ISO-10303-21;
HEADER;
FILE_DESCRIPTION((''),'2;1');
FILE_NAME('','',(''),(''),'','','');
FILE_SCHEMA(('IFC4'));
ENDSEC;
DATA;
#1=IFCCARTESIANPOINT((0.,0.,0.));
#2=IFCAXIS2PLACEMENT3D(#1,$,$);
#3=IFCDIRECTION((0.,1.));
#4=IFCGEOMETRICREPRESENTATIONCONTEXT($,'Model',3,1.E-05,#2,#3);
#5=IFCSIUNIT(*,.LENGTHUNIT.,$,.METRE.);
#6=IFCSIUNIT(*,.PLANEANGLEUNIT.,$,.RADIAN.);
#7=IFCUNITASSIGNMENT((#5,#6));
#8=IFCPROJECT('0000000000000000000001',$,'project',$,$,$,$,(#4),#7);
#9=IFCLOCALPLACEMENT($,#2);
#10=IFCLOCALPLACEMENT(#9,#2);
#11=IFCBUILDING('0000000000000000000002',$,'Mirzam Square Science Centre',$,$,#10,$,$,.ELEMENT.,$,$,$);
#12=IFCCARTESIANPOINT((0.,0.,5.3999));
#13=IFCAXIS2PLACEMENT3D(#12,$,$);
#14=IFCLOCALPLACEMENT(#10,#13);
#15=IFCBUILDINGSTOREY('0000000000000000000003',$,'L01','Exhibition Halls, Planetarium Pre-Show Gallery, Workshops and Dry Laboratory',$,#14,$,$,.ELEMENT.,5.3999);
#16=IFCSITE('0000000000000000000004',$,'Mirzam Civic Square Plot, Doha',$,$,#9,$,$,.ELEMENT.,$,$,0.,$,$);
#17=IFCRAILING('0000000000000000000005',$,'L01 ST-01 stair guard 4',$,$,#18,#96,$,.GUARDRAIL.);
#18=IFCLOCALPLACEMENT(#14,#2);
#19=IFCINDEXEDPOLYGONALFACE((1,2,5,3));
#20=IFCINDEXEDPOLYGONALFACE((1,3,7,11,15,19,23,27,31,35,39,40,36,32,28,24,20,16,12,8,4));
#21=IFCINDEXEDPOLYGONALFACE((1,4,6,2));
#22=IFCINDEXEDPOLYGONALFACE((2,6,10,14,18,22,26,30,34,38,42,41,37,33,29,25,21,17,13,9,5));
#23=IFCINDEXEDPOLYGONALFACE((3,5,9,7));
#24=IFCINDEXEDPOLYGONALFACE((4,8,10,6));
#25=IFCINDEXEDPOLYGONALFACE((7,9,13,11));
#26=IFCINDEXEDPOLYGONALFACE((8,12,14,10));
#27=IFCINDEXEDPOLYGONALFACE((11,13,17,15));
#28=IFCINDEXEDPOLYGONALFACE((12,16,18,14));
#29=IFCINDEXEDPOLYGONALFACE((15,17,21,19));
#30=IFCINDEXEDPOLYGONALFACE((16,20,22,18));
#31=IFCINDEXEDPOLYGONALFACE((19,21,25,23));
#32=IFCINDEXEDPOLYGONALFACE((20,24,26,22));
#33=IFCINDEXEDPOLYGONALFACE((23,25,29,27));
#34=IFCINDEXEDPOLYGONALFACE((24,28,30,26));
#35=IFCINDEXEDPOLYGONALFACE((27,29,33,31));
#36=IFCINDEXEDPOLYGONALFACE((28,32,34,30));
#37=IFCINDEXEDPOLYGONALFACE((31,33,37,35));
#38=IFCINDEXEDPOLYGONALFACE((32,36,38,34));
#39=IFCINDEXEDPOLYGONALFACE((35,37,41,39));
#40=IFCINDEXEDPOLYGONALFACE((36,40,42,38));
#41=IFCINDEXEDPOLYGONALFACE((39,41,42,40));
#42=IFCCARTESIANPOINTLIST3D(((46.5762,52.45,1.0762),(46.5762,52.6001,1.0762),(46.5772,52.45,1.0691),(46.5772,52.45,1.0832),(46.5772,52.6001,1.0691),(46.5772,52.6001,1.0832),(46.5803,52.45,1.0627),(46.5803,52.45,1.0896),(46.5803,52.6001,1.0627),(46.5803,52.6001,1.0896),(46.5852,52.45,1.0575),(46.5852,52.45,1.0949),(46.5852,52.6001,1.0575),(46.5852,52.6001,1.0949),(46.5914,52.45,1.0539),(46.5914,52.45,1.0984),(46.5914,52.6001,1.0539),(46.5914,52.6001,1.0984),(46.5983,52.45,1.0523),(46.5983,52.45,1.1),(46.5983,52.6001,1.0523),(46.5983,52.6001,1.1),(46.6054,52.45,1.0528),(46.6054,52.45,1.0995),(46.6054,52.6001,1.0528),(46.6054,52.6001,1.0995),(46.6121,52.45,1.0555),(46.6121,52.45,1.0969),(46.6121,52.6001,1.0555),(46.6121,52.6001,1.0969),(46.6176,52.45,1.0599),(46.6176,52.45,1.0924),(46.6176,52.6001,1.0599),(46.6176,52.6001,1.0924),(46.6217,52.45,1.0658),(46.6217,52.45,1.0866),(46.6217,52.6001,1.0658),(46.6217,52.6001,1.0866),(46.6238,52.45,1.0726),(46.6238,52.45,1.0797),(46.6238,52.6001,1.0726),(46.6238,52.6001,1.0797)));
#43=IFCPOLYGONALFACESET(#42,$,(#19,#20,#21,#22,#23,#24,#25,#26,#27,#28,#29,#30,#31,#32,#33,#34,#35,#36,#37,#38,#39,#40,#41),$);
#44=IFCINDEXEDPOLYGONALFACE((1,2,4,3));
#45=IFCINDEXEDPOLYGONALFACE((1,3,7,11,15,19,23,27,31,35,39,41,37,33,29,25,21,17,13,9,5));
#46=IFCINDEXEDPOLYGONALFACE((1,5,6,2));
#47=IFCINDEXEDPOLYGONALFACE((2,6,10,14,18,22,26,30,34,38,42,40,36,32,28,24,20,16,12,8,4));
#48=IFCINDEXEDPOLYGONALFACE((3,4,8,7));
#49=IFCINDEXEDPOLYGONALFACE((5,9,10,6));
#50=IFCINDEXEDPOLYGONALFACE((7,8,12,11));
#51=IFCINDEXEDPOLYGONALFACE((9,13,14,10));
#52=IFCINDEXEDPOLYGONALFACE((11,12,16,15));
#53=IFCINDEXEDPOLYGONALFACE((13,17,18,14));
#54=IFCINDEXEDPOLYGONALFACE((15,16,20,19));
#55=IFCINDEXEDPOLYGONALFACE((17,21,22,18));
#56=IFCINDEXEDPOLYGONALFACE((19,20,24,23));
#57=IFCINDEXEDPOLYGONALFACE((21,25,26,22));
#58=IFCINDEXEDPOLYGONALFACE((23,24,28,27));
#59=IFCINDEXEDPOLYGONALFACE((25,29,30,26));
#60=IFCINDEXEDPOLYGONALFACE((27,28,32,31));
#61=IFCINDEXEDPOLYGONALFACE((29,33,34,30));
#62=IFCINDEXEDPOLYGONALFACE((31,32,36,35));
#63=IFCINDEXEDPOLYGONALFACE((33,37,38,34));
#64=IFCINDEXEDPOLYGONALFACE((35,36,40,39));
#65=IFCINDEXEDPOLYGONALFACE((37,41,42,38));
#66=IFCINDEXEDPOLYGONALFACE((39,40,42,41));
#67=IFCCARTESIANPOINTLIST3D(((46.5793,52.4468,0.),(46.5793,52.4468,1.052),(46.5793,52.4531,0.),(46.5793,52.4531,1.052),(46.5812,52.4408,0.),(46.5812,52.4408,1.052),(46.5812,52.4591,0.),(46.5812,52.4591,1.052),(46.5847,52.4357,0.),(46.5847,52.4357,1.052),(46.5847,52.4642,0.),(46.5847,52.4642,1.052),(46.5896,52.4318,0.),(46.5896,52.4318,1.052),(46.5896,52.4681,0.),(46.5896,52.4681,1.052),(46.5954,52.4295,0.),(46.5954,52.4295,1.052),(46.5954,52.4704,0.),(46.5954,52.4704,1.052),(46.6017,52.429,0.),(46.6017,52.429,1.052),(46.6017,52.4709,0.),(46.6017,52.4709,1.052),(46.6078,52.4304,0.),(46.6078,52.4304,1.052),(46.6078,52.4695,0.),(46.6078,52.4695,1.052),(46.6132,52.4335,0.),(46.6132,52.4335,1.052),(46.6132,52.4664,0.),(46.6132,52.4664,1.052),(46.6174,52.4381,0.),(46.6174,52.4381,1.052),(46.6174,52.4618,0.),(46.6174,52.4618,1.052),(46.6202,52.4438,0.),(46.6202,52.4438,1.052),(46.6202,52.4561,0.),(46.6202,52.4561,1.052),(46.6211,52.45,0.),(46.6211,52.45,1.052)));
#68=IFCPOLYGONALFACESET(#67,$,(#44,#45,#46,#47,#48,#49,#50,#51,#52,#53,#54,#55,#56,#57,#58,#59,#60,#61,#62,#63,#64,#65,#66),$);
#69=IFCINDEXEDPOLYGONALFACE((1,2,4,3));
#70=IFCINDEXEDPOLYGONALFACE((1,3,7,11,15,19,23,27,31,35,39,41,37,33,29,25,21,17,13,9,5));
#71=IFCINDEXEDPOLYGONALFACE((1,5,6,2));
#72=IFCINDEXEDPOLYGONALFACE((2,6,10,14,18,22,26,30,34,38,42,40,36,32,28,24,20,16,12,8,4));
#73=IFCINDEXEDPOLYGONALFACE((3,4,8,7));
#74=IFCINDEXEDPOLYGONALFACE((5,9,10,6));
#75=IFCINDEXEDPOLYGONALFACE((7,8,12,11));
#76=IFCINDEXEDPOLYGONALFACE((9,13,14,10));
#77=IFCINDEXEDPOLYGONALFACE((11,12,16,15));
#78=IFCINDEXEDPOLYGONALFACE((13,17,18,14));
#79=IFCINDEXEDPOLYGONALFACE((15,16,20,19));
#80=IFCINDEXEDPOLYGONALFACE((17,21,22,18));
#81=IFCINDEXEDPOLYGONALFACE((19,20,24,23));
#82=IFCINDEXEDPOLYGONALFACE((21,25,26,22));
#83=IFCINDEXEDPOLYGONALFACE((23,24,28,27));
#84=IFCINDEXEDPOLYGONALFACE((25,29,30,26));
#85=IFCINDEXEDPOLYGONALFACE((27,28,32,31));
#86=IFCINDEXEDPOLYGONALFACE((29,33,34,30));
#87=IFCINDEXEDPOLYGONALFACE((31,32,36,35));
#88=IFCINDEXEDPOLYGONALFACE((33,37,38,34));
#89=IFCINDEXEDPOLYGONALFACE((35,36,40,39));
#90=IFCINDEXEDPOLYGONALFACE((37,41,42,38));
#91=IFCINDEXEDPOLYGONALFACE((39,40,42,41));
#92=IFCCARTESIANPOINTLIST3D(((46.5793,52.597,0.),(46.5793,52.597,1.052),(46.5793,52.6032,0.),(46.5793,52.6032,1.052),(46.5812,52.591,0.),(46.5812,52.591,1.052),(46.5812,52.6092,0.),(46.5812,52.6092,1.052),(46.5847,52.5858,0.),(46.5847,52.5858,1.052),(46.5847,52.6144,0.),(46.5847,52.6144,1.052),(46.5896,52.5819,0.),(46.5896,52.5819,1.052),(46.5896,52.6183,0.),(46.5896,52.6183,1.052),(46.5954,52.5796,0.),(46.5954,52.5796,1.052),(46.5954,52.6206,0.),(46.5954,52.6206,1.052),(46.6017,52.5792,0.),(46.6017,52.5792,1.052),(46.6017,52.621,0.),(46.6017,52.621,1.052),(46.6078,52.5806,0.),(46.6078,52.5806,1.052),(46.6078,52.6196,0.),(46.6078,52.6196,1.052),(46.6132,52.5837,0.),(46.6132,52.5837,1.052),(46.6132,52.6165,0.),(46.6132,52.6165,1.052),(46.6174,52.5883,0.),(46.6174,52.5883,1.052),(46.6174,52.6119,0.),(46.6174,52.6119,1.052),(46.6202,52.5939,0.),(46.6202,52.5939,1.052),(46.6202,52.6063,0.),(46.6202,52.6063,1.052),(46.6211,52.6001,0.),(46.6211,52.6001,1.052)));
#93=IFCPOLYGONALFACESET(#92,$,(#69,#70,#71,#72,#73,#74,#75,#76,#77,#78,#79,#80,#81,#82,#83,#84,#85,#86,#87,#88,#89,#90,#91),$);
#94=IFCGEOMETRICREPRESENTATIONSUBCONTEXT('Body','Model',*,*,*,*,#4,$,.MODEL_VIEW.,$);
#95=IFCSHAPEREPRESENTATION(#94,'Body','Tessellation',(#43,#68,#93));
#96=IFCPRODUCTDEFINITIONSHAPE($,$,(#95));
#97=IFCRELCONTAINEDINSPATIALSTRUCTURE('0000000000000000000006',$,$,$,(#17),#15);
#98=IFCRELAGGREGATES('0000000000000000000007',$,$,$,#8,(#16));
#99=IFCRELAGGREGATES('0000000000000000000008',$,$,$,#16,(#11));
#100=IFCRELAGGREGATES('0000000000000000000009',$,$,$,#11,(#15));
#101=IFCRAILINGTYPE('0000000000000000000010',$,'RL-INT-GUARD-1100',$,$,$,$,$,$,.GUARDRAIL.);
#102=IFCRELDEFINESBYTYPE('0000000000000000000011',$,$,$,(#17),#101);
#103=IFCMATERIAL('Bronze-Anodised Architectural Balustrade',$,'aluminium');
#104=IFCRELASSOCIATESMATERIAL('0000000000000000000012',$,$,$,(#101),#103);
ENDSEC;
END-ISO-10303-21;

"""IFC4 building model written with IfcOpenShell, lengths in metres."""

from ifc_helpers import new_model, si_unit, direction, frame, origin, origin_2d, place, context, subcontext, project, spatial, circle, extrude, material, type_object, element, save


model = new_model("IFC4")

# Units and contexts
model_context = context("Model", 3, precision=1e-05, world=origin(), true_north=direction((0.0, 1.0)))
body_context = subcontext(model_context, "Body", "Model", "MODEL_VIEW")
ifc_project = project(units=[si_unit("LENGTHUNIT", "METRE"), si_unit("PLANEANGLEUNIT", "RADIAN")], contexts=[model_context])

# Site, building, storey
site_placement = place(None, origin())
site = spatial("IfcSite", under=ifc_project, at=site_placement, Name="Mirzam Civic Square Plot, Doha", CompositionType="ELEMENT", RefElevation=0.0)
building_placement = place(site_placement, origin())
building = spatial("IfcBuilding", under=site, at=building_placement, Name="Mirzam Square Science Centre", CompositionType="ELEMENT")
storey_placement = place(building_placement, frame((0.0, 0.0, 5.3999)))
storey = spatial("IfcBuildingStorey", under=building, at=storey_placement, Name="L01", Description="Exhibition Halls, Planetarium Pre-Show Gallery, Workshops and Dry Laboratory", CompositionType="ELEMENT", Elevation=5.3999)

# Railing
ifc_material_1 = material(Name="Bronze-Anodised Architectural Balustrade", Category="aluminium")
railing_type_1 = type_object("IfcRailingType", Name="RL-INT-GUARD-1100", PredefinedType="GUARDRAIL", material=ifc_material_1)
railing_1_placement = place(storey_placement, frame((46.6001, 52.45, 0.0)))
element("IfcRailing", 1, at=railing_1_placement, inside=storey, type_object=railing_type_1, Name="L01 ST-01 stair guard 4", PredefinedType="GUARDRAIL", context=body_context, shape_type="SweptSolid", body=[
    extrude(circle(Radius=0.0239, at=origin_2d()), frame((0.0, 0.0, 1.0762), z_axis=(0.0, 1.0, 0.0), x_axis=(-1.0, 0.0, 0.0)), (0.0, 0.0, 1.0), 0.1501),
    extrude(circle(Radius=0.021, at=origin_2d()), origin(), (0.0, 0.0, 1.0), 1.052),
    extrude(circle(Radius=0.021, at=origin_2d()), frame((0.0, 0.1501, 0.0)), (0.0, 0.0, 1.0), 1.052),
])

save(model, "model.ifc")
